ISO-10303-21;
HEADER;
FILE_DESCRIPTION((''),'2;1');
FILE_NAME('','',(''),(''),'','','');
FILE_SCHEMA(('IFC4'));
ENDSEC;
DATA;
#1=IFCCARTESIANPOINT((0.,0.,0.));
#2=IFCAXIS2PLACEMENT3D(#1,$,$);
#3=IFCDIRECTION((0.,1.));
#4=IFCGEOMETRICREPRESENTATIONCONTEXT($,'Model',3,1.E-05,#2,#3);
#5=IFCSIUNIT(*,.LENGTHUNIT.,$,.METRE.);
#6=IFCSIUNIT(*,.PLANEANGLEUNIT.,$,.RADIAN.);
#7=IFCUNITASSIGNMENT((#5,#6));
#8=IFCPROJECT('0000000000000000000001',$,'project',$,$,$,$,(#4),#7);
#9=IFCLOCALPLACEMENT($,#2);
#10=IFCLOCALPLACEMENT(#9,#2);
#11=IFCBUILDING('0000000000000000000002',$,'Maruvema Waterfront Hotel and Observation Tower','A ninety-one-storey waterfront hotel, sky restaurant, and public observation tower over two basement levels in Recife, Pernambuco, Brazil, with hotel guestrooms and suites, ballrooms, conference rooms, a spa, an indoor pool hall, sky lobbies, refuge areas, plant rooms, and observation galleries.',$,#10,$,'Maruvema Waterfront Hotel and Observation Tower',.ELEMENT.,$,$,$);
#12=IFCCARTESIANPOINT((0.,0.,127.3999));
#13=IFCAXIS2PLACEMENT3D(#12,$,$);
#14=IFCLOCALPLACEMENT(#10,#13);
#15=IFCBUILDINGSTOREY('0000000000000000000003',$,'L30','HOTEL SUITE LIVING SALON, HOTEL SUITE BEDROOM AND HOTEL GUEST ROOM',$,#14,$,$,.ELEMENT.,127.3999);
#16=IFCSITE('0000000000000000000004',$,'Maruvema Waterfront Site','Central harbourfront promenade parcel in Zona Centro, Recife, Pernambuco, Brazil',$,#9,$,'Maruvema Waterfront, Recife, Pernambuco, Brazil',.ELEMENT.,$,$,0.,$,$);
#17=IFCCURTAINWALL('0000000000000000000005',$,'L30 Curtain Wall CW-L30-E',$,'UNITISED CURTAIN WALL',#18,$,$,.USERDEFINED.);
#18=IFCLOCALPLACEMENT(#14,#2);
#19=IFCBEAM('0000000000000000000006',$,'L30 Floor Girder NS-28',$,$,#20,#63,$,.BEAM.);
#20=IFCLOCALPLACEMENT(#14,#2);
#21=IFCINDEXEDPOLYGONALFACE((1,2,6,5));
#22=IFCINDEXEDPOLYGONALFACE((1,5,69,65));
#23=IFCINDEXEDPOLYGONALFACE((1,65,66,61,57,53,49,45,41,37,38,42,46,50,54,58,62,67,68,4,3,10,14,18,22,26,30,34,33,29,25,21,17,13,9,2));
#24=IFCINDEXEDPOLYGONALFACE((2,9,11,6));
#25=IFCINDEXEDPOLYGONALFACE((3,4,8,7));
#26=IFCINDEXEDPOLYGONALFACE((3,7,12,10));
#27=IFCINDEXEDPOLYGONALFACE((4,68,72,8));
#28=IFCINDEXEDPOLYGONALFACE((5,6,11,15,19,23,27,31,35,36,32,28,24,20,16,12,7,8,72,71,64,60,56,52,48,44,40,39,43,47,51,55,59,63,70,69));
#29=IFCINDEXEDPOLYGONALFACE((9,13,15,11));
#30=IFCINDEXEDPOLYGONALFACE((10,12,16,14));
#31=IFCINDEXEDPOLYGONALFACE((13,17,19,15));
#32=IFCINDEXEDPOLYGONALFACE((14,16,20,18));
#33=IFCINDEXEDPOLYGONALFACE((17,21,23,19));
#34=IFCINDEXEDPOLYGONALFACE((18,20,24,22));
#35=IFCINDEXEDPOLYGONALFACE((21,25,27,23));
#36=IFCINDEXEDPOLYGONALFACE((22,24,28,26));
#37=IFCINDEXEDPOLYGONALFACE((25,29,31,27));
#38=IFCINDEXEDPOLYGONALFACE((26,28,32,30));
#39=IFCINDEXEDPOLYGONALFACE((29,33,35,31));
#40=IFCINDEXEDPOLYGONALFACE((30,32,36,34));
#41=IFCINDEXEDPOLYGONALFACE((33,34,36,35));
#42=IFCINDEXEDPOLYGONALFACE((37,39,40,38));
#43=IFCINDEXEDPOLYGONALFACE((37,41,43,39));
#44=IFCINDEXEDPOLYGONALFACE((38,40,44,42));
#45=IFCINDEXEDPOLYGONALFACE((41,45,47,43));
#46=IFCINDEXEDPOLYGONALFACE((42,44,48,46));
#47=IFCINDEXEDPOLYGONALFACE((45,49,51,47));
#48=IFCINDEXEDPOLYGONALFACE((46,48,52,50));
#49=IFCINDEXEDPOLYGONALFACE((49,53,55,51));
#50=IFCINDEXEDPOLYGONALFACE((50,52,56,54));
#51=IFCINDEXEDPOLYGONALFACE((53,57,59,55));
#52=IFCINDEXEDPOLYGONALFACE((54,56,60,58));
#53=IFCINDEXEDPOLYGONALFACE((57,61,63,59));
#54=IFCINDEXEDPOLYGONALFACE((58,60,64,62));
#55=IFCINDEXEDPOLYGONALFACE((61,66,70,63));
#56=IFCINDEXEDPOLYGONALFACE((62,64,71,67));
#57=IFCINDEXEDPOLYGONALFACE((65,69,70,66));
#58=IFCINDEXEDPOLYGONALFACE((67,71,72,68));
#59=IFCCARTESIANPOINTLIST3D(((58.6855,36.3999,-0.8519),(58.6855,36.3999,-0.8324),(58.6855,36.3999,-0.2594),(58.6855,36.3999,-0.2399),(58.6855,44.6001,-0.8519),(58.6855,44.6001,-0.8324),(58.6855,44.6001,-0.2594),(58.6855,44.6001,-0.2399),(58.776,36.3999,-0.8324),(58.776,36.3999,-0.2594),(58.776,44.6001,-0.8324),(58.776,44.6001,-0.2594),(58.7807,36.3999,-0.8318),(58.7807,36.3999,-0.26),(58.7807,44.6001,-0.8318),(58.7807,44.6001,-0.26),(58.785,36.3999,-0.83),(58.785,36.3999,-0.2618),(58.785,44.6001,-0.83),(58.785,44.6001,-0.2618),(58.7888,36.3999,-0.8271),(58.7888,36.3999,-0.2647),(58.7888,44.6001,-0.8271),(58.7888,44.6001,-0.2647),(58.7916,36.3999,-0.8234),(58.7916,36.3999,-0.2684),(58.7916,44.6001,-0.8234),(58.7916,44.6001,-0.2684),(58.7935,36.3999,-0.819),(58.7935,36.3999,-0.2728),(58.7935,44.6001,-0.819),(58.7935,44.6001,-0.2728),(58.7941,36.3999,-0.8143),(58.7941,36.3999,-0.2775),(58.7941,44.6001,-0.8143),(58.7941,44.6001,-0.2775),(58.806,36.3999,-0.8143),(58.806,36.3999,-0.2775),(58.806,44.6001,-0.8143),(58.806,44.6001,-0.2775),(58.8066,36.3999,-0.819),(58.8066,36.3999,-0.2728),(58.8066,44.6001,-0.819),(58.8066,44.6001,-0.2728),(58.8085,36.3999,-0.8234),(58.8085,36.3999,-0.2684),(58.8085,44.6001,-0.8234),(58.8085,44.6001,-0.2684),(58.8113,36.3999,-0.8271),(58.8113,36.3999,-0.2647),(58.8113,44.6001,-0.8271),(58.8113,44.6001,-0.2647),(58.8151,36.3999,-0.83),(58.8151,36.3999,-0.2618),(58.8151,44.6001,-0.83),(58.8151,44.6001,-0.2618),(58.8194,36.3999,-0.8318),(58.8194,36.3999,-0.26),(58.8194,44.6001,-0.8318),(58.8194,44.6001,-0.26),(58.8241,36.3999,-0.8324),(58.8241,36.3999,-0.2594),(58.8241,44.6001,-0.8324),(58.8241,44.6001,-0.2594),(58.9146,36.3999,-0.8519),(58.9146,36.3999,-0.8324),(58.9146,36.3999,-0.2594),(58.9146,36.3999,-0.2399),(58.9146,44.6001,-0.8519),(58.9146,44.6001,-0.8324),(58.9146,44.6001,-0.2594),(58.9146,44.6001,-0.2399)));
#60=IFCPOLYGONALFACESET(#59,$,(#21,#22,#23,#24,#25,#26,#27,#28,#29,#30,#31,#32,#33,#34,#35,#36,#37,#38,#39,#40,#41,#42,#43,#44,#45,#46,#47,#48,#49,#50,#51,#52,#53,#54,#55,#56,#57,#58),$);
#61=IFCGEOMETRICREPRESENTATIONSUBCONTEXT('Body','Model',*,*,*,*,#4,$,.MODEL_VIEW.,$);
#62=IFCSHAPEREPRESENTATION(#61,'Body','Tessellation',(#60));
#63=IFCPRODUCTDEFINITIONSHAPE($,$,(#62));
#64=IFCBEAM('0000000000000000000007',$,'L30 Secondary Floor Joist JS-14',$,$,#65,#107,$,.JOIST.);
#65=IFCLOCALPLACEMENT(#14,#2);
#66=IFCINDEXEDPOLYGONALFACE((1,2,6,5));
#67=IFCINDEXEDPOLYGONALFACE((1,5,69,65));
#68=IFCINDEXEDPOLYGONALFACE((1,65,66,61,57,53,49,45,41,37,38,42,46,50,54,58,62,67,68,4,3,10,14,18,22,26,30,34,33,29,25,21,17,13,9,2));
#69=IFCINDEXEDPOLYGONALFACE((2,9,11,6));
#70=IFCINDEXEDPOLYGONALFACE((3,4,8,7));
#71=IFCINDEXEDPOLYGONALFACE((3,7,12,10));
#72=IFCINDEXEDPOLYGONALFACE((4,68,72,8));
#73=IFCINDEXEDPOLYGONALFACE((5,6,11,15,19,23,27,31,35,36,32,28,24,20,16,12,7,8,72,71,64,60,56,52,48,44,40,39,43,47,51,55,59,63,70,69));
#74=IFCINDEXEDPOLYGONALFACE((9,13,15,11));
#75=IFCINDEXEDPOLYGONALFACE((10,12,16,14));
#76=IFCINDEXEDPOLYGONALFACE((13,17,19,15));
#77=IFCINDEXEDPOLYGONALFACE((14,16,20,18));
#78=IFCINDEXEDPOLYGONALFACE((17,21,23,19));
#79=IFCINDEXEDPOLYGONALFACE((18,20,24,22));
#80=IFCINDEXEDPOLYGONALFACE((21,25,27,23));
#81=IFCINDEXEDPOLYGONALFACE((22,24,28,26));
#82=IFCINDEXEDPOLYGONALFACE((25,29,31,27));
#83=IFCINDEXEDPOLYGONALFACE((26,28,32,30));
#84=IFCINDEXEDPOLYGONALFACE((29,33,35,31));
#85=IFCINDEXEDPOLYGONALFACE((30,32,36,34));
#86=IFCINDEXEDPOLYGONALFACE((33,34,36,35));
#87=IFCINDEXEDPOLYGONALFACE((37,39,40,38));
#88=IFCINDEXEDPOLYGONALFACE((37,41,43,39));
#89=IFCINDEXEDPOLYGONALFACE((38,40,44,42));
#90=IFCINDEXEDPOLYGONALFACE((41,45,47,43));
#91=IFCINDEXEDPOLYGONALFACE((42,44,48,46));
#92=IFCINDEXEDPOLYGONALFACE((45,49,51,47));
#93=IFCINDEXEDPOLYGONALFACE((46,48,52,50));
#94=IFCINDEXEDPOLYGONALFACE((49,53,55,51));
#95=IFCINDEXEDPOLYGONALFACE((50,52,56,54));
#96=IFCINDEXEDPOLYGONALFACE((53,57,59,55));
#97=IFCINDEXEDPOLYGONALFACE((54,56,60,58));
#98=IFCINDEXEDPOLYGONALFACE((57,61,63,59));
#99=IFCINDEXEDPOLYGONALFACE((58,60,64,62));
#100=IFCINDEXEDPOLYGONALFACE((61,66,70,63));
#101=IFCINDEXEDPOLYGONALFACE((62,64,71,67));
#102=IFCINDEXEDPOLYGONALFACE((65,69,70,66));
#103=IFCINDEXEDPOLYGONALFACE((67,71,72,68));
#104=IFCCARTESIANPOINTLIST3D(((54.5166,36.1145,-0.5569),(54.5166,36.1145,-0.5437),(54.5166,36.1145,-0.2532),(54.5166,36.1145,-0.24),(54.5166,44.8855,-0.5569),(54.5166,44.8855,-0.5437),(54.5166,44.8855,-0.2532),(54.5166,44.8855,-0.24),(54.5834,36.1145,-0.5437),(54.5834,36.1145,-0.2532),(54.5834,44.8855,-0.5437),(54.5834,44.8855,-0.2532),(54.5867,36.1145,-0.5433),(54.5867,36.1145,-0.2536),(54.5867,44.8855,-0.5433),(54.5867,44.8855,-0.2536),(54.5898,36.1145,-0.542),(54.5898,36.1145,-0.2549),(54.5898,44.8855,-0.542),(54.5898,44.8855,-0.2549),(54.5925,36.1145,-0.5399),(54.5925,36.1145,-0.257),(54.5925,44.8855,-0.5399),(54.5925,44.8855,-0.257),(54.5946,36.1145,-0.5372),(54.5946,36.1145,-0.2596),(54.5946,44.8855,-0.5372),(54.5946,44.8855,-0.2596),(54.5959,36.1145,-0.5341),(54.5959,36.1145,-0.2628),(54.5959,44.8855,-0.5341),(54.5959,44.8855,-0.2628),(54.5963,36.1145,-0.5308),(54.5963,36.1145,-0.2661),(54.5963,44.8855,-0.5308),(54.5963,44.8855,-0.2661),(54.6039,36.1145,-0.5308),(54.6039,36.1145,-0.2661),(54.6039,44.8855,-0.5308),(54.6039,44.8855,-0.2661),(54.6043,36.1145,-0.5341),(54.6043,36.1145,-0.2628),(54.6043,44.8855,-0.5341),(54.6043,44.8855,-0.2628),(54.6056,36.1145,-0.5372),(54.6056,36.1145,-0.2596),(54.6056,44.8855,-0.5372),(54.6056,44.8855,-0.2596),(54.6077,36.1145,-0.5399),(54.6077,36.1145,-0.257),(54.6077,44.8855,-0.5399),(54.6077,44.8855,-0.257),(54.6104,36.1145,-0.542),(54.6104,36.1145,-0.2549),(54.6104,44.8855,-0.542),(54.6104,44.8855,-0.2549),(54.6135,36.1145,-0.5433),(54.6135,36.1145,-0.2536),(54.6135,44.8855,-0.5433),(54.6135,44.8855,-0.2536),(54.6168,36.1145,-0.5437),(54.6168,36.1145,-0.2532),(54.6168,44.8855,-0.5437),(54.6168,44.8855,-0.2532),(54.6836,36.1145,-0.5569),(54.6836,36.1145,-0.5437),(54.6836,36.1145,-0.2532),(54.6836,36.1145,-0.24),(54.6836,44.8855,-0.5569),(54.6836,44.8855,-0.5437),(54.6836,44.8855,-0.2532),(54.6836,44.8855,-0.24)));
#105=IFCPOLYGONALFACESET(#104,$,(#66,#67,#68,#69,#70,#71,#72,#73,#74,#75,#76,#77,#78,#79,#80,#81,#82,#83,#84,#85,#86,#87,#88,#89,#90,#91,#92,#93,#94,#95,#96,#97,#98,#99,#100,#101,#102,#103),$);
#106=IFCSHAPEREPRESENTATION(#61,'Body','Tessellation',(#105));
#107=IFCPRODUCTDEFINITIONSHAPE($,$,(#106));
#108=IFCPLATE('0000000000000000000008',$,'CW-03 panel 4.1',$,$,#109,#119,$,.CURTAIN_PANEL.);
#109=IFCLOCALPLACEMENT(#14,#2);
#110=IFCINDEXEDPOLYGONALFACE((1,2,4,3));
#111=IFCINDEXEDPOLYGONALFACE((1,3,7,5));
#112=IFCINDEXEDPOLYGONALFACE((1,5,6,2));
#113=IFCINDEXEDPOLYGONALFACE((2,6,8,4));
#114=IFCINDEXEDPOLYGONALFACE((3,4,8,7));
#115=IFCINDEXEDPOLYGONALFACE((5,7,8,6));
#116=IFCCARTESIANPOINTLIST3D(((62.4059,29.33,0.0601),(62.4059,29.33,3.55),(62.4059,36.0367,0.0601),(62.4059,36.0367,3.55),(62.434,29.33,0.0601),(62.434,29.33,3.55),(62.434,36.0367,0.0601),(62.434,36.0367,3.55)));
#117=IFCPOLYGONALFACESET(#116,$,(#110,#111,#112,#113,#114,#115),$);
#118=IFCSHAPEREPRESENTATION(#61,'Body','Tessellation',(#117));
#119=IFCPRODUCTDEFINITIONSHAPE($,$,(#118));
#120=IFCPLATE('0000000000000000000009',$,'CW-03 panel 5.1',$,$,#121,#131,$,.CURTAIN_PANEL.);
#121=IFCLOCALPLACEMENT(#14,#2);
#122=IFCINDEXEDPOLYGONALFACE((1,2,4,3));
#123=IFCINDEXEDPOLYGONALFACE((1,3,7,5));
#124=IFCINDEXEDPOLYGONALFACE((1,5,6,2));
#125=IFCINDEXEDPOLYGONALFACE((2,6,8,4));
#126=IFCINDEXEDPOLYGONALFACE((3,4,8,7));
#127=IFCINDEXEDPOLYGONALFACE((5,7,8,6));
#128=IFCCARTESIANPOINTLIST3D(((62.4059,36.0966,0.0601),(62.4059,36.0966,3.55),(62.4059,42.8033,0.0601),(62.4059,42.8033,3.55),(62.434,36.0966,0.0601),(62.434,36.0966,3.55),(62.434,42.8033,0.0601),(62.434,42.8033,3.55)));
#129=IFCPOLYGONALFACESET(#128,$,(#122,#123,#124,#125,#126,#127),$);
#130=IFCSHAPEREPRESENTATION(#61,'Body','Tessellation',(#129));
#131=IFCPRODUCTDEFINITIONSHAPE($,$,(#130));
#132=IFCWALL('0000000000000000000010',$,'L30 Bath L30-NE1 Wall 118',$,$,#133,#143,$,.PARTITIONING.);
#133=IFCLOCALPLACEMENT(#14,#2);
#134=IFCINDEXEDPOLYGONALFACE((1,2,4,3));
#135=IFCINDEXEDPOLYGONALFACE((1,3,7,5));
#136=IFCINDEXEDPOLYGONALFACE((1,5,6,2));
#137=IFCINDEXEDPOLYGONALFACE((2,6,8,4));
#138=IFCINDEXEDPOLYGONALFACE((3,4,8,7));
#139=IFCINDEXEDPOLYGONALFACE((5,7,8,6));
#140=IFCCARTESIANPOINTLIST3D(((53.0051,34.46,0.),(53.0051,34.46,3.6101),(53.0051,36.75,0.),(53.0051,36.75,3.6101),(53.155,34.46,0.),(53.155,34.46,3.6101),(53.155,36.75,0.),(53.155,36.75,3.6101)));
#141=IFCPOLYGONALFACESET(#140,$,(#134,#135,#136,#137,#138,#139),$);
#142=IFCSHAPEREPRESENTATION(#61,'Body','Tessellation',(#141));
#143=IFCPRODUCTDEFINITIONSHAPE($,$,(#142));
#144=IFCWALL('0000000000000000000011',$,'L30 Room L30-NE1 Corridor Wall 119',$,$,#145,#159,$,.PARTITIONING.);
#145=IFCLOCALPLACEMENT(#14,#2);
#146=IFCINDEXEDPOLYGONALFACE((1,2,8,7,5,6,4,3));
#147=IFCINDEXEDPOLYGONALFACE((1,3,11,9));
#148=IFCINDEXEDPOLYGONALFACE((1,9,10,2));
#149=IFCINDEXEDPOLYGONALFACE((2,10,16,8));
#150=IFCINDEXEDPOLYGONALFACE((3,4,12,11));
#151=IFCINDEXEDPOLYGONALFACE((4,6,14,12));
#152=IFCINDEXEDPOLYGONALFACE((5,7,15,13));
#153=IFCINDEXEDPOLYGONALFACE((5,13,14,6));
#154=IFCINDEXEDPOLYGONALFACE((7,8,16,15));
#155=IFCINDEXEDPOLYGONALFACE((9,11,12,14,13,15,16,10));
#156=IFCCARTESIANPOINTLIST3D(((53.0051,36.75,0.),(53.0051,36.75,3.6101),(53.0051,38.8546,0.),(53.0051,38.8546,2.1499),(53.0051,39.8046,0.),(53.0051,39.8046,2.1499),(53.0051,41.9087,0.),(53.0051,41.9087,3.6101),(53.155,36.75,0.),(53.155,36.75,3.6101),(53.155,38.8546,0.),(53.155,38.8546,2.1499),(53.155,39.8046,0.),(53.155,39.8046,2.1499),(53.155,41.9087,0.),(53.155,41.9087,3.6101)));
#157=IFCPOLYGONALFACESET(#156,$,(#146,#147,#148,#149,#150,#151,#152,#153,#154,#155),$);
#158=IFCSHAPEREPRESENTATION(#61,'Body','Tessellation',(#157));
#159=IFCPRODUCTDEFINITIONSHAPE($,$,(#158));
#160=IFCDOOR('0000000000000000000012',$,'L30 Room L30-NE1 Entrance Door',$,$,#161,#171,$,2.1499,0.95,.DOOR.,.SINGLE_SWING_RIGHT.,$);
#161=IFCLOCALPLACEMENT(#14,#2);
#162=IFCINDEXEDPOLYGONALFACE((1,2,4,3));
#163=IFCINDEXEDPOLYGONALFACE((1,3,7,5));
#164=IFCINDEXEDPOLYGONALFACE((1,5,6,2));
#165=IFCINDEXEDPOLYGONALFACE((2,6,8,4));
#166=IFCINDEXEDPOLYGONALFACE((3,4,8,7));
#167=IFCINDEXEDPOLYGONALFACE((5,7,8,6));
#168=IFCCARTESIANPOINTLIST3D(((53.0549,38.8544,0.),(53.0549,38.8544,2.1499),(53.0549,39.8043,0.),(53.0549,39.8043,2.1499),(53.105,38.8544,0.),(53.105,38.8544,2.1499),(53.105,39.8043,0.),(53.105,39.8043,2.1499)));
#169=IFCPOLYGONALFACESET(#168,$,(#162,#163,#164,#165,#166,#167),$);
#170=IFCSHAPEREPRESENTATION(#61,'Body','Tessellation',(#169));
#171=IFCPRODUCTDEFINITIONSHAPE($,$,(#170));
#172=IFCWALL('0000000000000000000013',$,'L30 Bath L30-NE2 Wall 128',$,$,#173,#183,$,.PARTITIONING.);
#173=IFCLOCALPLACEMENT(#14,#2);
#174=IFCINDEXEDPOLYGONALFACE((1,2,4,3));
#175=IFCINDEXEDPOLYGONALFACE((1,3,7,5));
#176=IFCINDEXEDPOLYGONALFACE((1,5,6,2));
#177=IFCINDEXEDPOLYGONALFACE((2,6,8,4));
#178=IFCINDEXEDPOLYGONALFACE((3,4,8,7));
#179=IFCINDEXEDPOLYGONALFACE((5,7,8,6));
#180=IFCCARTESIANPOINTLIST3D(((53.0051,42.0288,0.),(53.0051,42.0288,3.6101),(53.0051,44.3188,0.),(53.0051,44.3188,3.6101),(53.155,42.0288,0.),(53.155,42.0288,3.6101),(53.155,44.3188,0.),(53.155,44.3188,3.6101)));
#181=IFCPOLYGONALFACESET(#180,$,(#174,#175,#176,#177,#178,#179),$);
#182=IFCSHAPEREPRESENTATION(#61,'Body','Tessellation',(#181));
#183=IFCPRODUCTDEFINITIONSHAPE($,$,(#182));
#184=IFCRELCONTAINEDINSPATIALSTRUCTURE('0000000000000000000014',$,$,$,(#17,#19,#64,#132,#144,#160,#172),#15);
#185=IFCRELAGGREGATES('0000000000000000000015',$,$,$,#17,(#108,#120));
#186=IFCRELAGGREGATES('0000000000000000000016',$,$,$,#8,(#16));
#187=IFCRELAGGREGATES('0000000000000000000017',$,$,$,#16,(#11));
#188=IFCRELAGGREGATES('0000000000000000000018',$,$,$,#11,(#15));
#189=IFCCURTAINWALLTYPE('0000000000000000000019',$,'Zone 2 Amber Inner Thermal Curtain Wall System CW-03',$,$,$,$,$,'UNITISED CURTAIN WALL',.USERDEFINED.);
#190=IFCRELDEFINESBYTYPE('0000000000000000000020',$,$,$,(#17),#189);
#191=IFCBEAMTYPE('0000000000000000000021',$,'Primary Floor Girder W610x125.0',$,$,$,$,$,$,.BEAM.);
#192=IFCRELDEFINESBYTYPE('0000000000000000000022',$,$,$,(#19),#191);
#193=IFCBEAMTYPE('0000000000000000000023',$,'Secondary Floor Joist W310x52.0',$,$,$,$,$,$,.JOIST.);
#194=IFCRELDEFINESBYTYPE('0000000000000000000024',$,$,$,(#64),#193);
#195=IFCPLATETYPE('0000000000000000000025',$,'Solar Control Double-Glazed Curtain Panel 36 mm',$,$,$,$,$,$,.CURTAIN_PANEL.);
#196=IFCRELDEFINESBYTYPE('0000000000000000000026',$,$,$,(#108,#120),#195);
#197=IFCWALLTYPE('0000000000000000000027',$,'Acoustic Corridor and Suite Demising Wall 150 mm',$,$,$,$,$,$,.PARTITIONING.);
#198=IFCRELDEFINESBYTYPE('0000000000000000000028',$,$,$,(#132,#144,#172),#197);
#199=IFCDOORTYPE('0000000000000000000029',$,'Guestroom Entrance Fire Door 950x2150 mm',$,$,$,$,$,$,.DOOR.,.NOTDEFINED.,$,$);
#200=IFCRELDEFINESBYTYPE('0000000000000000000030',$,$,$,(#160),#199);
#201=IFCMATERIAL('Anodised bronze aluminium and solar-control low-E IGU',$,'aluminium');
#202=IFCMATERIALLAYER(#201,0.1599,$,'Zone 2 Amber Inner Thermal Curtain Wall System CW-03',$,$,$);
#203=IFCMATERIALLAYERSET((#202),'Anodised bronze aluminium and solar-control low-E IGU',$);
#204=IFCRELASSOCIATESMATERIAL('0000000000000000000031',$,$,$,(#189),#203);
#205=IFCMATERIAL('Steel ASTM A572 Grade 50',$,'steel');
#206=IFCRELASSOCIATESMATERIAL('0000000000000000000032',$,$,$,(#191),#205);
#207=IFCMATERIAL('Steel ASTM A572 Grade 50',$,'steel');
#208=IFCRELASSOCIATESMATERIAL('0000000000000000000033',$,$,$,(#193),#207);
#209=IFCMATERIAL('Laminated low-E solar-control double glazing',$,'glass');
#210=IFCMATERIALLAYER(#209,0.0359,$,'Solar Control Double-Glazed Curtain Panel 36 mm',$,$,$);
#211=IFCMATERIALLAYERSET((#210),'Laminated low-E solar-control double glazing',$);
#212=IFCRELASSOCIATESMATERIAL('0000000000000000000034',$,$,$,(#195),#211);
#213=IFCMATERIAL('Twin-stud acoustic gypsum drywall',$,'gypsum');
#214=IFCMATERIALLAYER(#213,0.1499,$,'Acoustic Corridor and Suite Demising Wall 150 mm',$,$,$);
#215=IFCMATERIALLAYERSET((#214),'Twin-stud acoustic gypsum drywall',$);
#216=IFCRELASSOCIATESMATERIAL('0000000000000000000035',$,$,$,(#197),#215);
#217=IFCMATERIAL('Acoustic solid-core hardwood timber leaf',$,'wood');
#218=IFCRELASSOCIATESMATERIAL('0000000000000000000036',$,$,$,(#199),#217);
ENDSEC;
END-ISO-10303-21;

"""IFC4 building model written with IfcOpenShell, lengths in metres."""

from ifc_helpers import new_model, si_unit, direction, frame, frame_2d, origin, origin_2d, place, context, subcontext, project, spatial, rectangle, i_section, extrude, material, layer, layer_set, material_profile, profile_set, type_object, element, fill, aggregate, save


model = new_model("IFC4")

# Units and contexts
model_context = context("Model", 3, precision=1e-05, world=origin(), true_north=direction((0.0, 1.0)))
body_context = subcontext(model_context, "Body", "Model", "MODEL_VIEW")
ifc_project = project(units=[si_unit("LENGTHUNIT", "METRE"), si_unit("PLANEANGLEUNIT", "RADIAN")], contexts=[model_context])

# Site, building, storey
site_placement = place(None, origin())
site = spatial("IfcSite", under=ifc_project, at=site_placement, Name="Maruvema Waterfront Site", Description="Central harbourfront promenade parcel in Zona Centro, Recife, Pernambuco, Brazil", LongName="Maruvema Waterfront, Recife, Pernambuco, Brazil", CompositionType="ELEMENT", RefElevation=0.0)
building_placement = place(site_placement, origin())
building = spatial("IfcBuilding", under=site, at=building_placement, Name="Maruvema Waterfront Hotel and Observation Tower", Description="A ninety-one-storey waterfront hotel, sky restaurant, and public observation tower over two basement levels in Recife, Pernambuco, Brazil, with hotel guestrooms and suites, ballrooms, conference rooms, a spa, an indoor pool hall, sky lobbies, refuge areas, plant rooms, and observation galleries.", LongName="Maruvema Waterfront Hotel and Observation Tower", CompositionType="ELEMENT")
storey_placement = place(building_placement, frame((0.0, 0.0, 127.3999)))
storey = spatial("IfcBuildingStorey", under=building, at=storey_placement, Name="L30", Description="HOTEL SUITE LIVING SALON, HOTEL SUITE BEDROOM AND HOTEL GUEST ROOM", CompositionType="ELEMENT", Elevation=127.3999)

# Curtain wall
ifc_material_1 = material(Name="Anodised bronze aluminium and solar-control low-E IGU", Category="aluminium")
ifc_layer_1 = layer(ifc_material_1, 0.1599, Name="Zone 2 Amber Inner Thermal Curtain Wall System CW-03")
ifc_layer_set_1 = layer_set([ifc_layer_1], Name="Anodised bronze aluminium and solar-control low-E IGU")
curtain_wall_type = type_object("IfcCurtainWallType", Name="Zone 2 Amber Inner Thermal Curtain Wall System CW-03", ElementType="UNITISED CURTAIN WALL", PredefinedType="USERDEFINED", material=ifc_layer_set_1)
curtain_wall_placement = place(storey_placement, origin())
curtain_wall = element("IfcCurtainWall", 1, at=curtain_wall_placement, inside=storey, type_object=curtain_wall_type, Name="L30 Curtain Wall CW-L30-E", ObjectType="UNITISED CURTAIN WALL", PredefinedType="USERDEFINED")

# Beams
ifc_material_2 = material(Name="Steel ASTM A572 Grade 50", Category="steel")
ifc_material_profile_1 = material_profile(ifc_material_2, i_section(OverallWidth=0.229, OverallDepth=0.6121, WebThickness=0.012, FlangeThickness=0.0195, FilletRadius=0.0181, at=origin_2d()), Name="W610x125.0")
ifc_profile_set_1 = profile_set([ifc_material_profile_1], Name="Steel ASTM A572 Grade 50")
beam_type_1 = type_object("IfcBeamType", Name="Primary Floor Girder W610x125.0", PredefinedType="BEAM", material=ifc_profile_set_1)
for number, where, z_axis, x_axis, name in (
    (2, (58.8, 36.3999, -0.5459), (0.0, 1.0, 0.0), (-1.0, 0.0, 0.0), "L30 Floor Girder NS-28"),
):
    element("IfcBeam", number, at=place(storey_placement, frame(where, z_axis=z_axis, x_axis=x_axis)), inside=storey, type_object=beam_type_1, Name=name, PredefinedType="BEAM", context=body_context, shape_type="SweptSolid", body=[
        extrude(i_section(OverallWidth=0.229, OverallDepth=0.6121, WebThickness=0.012, FlangeThickness=0.0195, FilletRadius=0.0181, at=origin_2d()), origin(), (0.0, 0.0, 1.0), 8.2002),
    ])
ifc_material_3 = material(Name="Steel ASTM A572 Grade 50", Category="steel")
ifc_material_profile_2 = material_profile(ifc_material_3, i_section(OverallWidth=0.167, OverallDepth=0.3169, WebThickness=0.0076, FlangeThickness=0.0132, FilletRadius=0.0129, at=origin_2d()), Name="W310x52.0")
ifc_profile_set_2 = profile_set([ifc_material_profile_2], Name="Steel ASTM A572 Grade 50")
beam_type_2 = type_object("IfcBeamType", Name="Secondary Floor Joist W310x52.0", PredefinedType="JOIST", material=ifc_profile_set_2)
beam_1_placement = place(storey_placement, frame((54.6001, 36.1145, -0.3984), z_axis=(0.0, 1.0, 0.0), x_axis=(-1.0, 0.0, 0.0)))
element("IfcBeam", 3, at=beam_1_placement, inside=storey, type_object=beam_type_2, Name="L30 Secondary Floor Joist JS-14", PredefinedType="JOIST", context=body_context, shape_type="SweptSolid", body=[
    extrude(i_section(OverallWidth=0.167, OverallDepth=0.3169, WebThickness=0.0076, FlangeThickness=0.0132, FilletRadius=0.0129, at=origin_2d()), origin(), (0.0, 0.0, 1.0), 8.771),
])

# Plates
ifc_material_4 = material(Name="Laminated low-E solar-control double glazing", Category="glass")
ifc_layer_2 = layer(ifc_material_4, 0.0359, Name="Solar Control Double-Glazed Curtain Panel 36 mm")
ifc_layer_set_2 = layer_set([ifc_layer_2], Name="Laminated low-E solar-control double glazing")
plate_type = type_object("IfcPlateType", Name="Solar Control Double-Glazed Curtain Panel 36 mm", PredefinedType="CURTAIN_PANEL", material=ifc_layer_set_2)
plate_1_placement = place(storey_placement, frame((62.4199, 32.6833, 0.0601), z_axis=(0.0, 0.0, 1.0), x_axis=(0.0, 1.0, 0.0)))
plate_1 = element("IfcPlate", 4, at=plate_1_placement, type_object=plate_type, Name="CW-03 panel 4.1", PredefinedType="CURTAIN_PANEL", context=body_context, shape_type="SweptSolid", body=[
    extrude(rectangle(XDim=6.7068, YDim=0.0281, at=origin_2d()), origin(), (0.0, 0.0, 1.0), 3.49),
])
plate_2_placement = place(storey_placement, frame((62.4199, 39.45, 0.0601), z_axis=(0.0, 0.0, 1.0), x_axis=(0.0, 1.0, 0.0)))
plate_2 = element("IfcPlate", 5, at=plate_2_placement, type_object=plate_type, Name="CW-03 panel 5.1", PredefinedType="CURTAIN_PANEL", context=body_context, shape_type="SweptSolid", body=[
    extrude(rectangle(XDim=6.7068, YDim=0.0281, at=origin_2d()), origin(), (0.0, 0.0, 1.0), 3.49),
])
aggregate(curtain_wall, [plate_1, plate_2])

# Wall
ifc_material_5 = material(Name="Twin-stud acoustic gypsum drywall", Category="gypsum")
ifc_layer_3 = layer(ifc_material_5, 0.1499, Name="Acoustic Corridor and Suite Demising Wall 150 mm")
ifc_layer_set_3 = layer_set([ifc_layer_3], Name="Twin-stud acoustic gypsum drywall")
wall_type_1 = type_object("IfcWallType", Name="Acoustic Corridor and Suite Demising Wall 150 mm", PredefinedType="PARTITIONING", material=ifc_layer_set_3)
wall_1_placement = place(storey_placement, frame((53.0801, 34.46, 0.0), z_axis=(0.0, 0.0, 1.0), x_axis=(0.0, 1.0, 0.0)))
element("IfcWall", 6, at=wall_1_placement, inside=storey, type_object=wall_type_1, Name="L30 Bath L30-NE1 Wall 118", PredefinedType="PARTITIONING", context=body_context, shape_type="SweptSolid", body=[
    extrude(rectangle(XDim=2.29, YDim=0.1499, at=frame_2d((1.145, 0.0))), origin(), (0.0, 0.0, 1.0), 3.6101),
])

# Wall, opening, door
wall_2_placement = place(storey_placement, frame((53.0801, 36.75, 0.0), z_axis=(0.0, 0.0, 1.0), x_axis=(0.0, 1.0, 0.0)))
wall_2 = element("IfcWall", 7, at=wall_2_placement, inside=storey, type_object=wall_type_1, Name="L30 Room L30-NE1 Corridor Wall 119", PredefinedType="PARTITIONING", context=body_context, shape_type="SweptSolid", body=[
    extrude(rectangle(XDim=5.1587, YDim=0.1499, at=frame_2d((2.5793, 0.0))), origin(), (0.0, 0.0, 1.0), 3.6101),
])
opening_1_placement = place(wall_2_placement, frame((2.1045, 0.0, 0.0)))
opening_1 = element("IfcOpeningElement", 8, at=opening_1_placement, cuts=wall_2, PredefinedType="OPENING", context=body_context, shape_type="SweptSolid", body=[
    extrude(rectangle(XDim=0.95, YDim=2.1499, at=frame_2d((0.4751, 1.075))), frame((0.0, 0.085, 0.0), z_axis=(0.0, -1.0, 0.0), x_axis=(1.0, 0.0, 0.0)), (0.0, 0.0, 1.0), 0.1699),
])
ifc_material_6 = material(Name="Acoustic solid-core hardwood timber leaf", Category="wood")
door_type_1 = type_object("IfcDoorType", Name="Guestroom Entrance Fire Door 950x2150 mm", OperationType="NOTDEFINED", PredefinedType="DOOR", material=ifc_material_6)
door_1_placement = place(opening_1_placement, frame((0.95, 0.0, 0.0), z_axis=(0.0, 0.0, 1.0), x_axis=(-1.0, 0.0, 0.0)))
door_1 = element("IfcDoor", 9, at=door_1_placement, inside=storey, type_object=door_type_1, Name="L30 Room L30-NE1 Entrance Door", OperationType="SINGLE_SWING_RIGHT", OverallHeight=2.1499, OverallWidth=0.95, PredefinedType="DOOR", context=body_context, shape_type="SweptSolid", body=[
    extrude(rectangle(XDim=0.95, YDim=2.1499, at=frame_2d((0.4751, 1.075))), frame((0.0, 0.0249, 0.0), z_axis=(0.0, -1.0, 0.0), x_axis=(1.0, 0.0, 0.0)), (0.0, 0.0, 1.0), 0.05),
])
fill(opening_1, door_1)

# Wall
wall_3_placement = place(storey_placement, frame((53.0801, 42.0288, 0.0), z_axis=(0.0, 0.0, 1.0), x_axis=(0.0, 1.0, 0.0)))
element("IfcWall", 10, at=wall_3_placement, inside=storey, type_object=wall_type_1, Name="L30 Bath L30-NE2 Wall 128", PredefinedType="PARTITIONING", context=body_context, shape_type="SweptSolid", body=[
    extrude(rectangle(XDim=2.29, YDim=0.1499, at=frame_2d((1.145, 0.0))), origin(), (0.0, 0.0, 1.0), 3.6101),
])

save(model, "model.ifc")
